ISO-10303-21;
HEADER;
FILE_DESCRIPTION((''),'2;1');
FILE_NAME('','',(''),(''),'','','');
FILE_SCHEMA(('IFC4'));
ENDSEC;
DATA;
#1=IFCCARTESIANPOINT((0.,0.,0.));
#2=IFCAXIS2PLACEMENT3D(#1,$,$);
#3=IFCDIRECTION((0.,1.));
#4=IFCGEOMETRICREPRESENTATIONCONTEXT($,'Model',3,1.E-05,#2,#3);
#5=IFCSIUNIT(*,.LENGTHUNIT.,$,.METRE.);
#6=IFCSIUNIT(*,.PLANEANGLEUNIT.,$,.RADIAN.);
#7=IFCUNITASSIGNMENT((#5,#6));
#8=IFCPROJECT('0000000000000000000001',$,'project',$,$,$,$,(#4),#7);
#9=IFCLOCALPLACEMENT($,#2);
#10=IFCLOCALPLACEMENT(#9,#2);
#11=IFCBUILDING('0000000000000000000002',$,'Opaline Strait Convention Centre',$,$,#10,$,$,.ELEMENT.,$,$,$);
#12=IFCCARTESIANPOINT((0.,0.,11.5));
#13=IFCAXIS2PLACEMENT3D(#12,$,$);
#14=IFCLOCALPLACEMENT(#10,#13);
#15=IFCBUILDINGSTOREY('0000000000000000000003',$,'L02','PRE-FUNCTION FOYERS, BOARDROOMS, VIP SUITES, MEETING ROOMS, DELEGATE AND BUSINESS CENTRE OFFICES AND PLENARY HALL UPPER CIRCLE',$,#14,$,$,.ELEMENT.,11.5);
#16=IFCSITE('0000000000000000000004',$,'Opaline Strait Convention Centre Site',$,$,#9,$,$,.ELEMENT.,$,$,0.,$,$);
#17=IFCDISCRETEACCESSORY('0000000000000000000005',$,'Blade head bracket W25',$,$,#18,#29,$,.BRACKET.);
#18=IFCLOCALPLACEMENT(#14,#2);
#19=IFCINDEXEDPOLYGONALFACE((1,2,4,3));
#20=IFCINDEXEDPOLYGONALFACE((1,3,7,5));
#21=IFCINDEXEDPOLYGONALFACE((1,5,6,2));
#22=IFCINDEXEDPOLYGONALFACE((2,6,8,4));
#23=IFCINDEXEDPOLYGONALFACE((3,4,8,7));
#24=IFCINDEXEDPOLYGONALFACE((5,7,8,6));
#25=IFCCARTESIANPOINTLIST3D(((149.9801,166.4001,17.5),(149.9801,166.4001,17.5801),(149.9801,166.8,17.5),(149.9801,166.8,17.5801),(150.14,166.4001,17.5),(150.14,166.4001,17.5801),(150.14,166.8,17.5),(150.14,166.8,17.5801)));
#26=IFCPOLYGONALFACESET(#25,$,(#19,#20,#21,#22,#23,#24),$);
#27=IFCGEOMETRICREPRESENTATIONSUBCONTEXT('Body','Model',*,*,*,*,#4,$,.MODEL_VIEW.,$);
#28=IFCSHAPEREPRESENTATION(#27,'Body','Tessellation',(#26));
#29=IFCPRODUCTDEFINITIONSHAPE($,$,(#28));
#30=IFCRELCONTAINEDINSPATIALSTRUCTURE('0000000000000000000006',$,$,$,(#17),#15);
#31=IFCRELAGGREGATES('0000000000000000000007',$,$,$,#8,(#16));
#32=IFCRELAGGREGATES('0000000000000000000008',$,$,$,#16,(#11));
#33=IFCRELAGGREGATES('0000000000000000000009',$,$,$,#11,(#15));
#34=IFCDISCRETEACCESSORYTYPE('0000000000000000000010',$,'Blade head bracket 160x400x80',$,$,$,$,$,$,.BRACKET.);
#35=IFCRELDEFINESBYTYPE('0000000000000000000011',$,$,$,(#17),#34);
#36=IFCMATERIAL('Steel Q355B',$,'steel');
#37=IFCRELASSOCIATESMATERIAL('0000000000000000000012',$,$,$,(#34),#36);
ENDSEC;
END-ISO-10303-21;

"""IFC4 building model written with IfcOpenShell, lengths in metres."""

from ifc_helpers import new_model, si_unit, direction, frame, origin, origin_2d, place, context, subcontext, project, spatial, rectangle, extrude, material, type_object, element, save


model = new_model("IFC4")

# Units and contexts
model_context = context("Model", 3, precision=1e-05, world=origin(), true_north=direction((0.0, 1.0)))
body_context = subcontext(model_context, "Body", "Model", "MODEL_VIEW")
ifc_project = project(units=[si_unit("LENGTHUNIT", "METRE"), si_unit("PLANEANGLEUNIT", "RADIAN")], contexts=[model_context])

# Site, building, storey
site_placement = place(None, origin())
site = spatial("IfcSite", under=ifc_project, at=site_placement, Name="Opaline Strait Convention Centre Site", CompositionType="ELEMENT", RefElevation=0.0)
building_placement = place(site_placement, origin())
building = spatial("IfcBuilding", under=site, at=building_placement, Name="Opaline Strait Convention Centre", CompositionType="ELEMENT")
storey_placement = place(building_placement, frame((0.0, 0.0, 11.5)))
storey = spatial("IfcBuildingStorey", under=building, at=storey_placement, Name="L02", Description="PRE-FUNCTION FOYERS, BOARDROOMS, VIP SUITES, MEETING ROOMS, DELEGATE AND BUSINESS CENTRE OFFICES AND PLENARY HALL UPPER CIRCLE", CompositionType="ELEMENT", Elevation=11.5)

# Shared definitions
ifc_material_1 = material(Name="Steel Q355B", Category="steel")

# Discrete accessory
discrete_accessory_type = type_object("IfcDiscreteAccessoryType", Name="Blade head bracket 160x400x80", PredefinedType="BRACKET", material=ifc_material_1)
for number, where, z_axis, x_axis, name in (
    (1, (150.0601, 166.6001, 17.5), (0.0, 0.0, 1.0), (1.0, 0.0, 0.0), "Blade head bracket W25"),
):
    element("IfcDiscreteAccessory", number, at=place(storey_placement, frame(where, z_axis=z_axis, x_axis=x_axis)), inside=storey, type_object=discrete_accessory_type, Name=name, PredefinedType="BRACKET", context=body_context, shape_type="SweptSolid", body=[
        extrude(rectangle(XDim=0.1599, YDim=0.3999, at=origin_2d()), origin(), (0.0, 0.0, 1.0), 0.0801),
    ])

save(model, "model.ifc")
